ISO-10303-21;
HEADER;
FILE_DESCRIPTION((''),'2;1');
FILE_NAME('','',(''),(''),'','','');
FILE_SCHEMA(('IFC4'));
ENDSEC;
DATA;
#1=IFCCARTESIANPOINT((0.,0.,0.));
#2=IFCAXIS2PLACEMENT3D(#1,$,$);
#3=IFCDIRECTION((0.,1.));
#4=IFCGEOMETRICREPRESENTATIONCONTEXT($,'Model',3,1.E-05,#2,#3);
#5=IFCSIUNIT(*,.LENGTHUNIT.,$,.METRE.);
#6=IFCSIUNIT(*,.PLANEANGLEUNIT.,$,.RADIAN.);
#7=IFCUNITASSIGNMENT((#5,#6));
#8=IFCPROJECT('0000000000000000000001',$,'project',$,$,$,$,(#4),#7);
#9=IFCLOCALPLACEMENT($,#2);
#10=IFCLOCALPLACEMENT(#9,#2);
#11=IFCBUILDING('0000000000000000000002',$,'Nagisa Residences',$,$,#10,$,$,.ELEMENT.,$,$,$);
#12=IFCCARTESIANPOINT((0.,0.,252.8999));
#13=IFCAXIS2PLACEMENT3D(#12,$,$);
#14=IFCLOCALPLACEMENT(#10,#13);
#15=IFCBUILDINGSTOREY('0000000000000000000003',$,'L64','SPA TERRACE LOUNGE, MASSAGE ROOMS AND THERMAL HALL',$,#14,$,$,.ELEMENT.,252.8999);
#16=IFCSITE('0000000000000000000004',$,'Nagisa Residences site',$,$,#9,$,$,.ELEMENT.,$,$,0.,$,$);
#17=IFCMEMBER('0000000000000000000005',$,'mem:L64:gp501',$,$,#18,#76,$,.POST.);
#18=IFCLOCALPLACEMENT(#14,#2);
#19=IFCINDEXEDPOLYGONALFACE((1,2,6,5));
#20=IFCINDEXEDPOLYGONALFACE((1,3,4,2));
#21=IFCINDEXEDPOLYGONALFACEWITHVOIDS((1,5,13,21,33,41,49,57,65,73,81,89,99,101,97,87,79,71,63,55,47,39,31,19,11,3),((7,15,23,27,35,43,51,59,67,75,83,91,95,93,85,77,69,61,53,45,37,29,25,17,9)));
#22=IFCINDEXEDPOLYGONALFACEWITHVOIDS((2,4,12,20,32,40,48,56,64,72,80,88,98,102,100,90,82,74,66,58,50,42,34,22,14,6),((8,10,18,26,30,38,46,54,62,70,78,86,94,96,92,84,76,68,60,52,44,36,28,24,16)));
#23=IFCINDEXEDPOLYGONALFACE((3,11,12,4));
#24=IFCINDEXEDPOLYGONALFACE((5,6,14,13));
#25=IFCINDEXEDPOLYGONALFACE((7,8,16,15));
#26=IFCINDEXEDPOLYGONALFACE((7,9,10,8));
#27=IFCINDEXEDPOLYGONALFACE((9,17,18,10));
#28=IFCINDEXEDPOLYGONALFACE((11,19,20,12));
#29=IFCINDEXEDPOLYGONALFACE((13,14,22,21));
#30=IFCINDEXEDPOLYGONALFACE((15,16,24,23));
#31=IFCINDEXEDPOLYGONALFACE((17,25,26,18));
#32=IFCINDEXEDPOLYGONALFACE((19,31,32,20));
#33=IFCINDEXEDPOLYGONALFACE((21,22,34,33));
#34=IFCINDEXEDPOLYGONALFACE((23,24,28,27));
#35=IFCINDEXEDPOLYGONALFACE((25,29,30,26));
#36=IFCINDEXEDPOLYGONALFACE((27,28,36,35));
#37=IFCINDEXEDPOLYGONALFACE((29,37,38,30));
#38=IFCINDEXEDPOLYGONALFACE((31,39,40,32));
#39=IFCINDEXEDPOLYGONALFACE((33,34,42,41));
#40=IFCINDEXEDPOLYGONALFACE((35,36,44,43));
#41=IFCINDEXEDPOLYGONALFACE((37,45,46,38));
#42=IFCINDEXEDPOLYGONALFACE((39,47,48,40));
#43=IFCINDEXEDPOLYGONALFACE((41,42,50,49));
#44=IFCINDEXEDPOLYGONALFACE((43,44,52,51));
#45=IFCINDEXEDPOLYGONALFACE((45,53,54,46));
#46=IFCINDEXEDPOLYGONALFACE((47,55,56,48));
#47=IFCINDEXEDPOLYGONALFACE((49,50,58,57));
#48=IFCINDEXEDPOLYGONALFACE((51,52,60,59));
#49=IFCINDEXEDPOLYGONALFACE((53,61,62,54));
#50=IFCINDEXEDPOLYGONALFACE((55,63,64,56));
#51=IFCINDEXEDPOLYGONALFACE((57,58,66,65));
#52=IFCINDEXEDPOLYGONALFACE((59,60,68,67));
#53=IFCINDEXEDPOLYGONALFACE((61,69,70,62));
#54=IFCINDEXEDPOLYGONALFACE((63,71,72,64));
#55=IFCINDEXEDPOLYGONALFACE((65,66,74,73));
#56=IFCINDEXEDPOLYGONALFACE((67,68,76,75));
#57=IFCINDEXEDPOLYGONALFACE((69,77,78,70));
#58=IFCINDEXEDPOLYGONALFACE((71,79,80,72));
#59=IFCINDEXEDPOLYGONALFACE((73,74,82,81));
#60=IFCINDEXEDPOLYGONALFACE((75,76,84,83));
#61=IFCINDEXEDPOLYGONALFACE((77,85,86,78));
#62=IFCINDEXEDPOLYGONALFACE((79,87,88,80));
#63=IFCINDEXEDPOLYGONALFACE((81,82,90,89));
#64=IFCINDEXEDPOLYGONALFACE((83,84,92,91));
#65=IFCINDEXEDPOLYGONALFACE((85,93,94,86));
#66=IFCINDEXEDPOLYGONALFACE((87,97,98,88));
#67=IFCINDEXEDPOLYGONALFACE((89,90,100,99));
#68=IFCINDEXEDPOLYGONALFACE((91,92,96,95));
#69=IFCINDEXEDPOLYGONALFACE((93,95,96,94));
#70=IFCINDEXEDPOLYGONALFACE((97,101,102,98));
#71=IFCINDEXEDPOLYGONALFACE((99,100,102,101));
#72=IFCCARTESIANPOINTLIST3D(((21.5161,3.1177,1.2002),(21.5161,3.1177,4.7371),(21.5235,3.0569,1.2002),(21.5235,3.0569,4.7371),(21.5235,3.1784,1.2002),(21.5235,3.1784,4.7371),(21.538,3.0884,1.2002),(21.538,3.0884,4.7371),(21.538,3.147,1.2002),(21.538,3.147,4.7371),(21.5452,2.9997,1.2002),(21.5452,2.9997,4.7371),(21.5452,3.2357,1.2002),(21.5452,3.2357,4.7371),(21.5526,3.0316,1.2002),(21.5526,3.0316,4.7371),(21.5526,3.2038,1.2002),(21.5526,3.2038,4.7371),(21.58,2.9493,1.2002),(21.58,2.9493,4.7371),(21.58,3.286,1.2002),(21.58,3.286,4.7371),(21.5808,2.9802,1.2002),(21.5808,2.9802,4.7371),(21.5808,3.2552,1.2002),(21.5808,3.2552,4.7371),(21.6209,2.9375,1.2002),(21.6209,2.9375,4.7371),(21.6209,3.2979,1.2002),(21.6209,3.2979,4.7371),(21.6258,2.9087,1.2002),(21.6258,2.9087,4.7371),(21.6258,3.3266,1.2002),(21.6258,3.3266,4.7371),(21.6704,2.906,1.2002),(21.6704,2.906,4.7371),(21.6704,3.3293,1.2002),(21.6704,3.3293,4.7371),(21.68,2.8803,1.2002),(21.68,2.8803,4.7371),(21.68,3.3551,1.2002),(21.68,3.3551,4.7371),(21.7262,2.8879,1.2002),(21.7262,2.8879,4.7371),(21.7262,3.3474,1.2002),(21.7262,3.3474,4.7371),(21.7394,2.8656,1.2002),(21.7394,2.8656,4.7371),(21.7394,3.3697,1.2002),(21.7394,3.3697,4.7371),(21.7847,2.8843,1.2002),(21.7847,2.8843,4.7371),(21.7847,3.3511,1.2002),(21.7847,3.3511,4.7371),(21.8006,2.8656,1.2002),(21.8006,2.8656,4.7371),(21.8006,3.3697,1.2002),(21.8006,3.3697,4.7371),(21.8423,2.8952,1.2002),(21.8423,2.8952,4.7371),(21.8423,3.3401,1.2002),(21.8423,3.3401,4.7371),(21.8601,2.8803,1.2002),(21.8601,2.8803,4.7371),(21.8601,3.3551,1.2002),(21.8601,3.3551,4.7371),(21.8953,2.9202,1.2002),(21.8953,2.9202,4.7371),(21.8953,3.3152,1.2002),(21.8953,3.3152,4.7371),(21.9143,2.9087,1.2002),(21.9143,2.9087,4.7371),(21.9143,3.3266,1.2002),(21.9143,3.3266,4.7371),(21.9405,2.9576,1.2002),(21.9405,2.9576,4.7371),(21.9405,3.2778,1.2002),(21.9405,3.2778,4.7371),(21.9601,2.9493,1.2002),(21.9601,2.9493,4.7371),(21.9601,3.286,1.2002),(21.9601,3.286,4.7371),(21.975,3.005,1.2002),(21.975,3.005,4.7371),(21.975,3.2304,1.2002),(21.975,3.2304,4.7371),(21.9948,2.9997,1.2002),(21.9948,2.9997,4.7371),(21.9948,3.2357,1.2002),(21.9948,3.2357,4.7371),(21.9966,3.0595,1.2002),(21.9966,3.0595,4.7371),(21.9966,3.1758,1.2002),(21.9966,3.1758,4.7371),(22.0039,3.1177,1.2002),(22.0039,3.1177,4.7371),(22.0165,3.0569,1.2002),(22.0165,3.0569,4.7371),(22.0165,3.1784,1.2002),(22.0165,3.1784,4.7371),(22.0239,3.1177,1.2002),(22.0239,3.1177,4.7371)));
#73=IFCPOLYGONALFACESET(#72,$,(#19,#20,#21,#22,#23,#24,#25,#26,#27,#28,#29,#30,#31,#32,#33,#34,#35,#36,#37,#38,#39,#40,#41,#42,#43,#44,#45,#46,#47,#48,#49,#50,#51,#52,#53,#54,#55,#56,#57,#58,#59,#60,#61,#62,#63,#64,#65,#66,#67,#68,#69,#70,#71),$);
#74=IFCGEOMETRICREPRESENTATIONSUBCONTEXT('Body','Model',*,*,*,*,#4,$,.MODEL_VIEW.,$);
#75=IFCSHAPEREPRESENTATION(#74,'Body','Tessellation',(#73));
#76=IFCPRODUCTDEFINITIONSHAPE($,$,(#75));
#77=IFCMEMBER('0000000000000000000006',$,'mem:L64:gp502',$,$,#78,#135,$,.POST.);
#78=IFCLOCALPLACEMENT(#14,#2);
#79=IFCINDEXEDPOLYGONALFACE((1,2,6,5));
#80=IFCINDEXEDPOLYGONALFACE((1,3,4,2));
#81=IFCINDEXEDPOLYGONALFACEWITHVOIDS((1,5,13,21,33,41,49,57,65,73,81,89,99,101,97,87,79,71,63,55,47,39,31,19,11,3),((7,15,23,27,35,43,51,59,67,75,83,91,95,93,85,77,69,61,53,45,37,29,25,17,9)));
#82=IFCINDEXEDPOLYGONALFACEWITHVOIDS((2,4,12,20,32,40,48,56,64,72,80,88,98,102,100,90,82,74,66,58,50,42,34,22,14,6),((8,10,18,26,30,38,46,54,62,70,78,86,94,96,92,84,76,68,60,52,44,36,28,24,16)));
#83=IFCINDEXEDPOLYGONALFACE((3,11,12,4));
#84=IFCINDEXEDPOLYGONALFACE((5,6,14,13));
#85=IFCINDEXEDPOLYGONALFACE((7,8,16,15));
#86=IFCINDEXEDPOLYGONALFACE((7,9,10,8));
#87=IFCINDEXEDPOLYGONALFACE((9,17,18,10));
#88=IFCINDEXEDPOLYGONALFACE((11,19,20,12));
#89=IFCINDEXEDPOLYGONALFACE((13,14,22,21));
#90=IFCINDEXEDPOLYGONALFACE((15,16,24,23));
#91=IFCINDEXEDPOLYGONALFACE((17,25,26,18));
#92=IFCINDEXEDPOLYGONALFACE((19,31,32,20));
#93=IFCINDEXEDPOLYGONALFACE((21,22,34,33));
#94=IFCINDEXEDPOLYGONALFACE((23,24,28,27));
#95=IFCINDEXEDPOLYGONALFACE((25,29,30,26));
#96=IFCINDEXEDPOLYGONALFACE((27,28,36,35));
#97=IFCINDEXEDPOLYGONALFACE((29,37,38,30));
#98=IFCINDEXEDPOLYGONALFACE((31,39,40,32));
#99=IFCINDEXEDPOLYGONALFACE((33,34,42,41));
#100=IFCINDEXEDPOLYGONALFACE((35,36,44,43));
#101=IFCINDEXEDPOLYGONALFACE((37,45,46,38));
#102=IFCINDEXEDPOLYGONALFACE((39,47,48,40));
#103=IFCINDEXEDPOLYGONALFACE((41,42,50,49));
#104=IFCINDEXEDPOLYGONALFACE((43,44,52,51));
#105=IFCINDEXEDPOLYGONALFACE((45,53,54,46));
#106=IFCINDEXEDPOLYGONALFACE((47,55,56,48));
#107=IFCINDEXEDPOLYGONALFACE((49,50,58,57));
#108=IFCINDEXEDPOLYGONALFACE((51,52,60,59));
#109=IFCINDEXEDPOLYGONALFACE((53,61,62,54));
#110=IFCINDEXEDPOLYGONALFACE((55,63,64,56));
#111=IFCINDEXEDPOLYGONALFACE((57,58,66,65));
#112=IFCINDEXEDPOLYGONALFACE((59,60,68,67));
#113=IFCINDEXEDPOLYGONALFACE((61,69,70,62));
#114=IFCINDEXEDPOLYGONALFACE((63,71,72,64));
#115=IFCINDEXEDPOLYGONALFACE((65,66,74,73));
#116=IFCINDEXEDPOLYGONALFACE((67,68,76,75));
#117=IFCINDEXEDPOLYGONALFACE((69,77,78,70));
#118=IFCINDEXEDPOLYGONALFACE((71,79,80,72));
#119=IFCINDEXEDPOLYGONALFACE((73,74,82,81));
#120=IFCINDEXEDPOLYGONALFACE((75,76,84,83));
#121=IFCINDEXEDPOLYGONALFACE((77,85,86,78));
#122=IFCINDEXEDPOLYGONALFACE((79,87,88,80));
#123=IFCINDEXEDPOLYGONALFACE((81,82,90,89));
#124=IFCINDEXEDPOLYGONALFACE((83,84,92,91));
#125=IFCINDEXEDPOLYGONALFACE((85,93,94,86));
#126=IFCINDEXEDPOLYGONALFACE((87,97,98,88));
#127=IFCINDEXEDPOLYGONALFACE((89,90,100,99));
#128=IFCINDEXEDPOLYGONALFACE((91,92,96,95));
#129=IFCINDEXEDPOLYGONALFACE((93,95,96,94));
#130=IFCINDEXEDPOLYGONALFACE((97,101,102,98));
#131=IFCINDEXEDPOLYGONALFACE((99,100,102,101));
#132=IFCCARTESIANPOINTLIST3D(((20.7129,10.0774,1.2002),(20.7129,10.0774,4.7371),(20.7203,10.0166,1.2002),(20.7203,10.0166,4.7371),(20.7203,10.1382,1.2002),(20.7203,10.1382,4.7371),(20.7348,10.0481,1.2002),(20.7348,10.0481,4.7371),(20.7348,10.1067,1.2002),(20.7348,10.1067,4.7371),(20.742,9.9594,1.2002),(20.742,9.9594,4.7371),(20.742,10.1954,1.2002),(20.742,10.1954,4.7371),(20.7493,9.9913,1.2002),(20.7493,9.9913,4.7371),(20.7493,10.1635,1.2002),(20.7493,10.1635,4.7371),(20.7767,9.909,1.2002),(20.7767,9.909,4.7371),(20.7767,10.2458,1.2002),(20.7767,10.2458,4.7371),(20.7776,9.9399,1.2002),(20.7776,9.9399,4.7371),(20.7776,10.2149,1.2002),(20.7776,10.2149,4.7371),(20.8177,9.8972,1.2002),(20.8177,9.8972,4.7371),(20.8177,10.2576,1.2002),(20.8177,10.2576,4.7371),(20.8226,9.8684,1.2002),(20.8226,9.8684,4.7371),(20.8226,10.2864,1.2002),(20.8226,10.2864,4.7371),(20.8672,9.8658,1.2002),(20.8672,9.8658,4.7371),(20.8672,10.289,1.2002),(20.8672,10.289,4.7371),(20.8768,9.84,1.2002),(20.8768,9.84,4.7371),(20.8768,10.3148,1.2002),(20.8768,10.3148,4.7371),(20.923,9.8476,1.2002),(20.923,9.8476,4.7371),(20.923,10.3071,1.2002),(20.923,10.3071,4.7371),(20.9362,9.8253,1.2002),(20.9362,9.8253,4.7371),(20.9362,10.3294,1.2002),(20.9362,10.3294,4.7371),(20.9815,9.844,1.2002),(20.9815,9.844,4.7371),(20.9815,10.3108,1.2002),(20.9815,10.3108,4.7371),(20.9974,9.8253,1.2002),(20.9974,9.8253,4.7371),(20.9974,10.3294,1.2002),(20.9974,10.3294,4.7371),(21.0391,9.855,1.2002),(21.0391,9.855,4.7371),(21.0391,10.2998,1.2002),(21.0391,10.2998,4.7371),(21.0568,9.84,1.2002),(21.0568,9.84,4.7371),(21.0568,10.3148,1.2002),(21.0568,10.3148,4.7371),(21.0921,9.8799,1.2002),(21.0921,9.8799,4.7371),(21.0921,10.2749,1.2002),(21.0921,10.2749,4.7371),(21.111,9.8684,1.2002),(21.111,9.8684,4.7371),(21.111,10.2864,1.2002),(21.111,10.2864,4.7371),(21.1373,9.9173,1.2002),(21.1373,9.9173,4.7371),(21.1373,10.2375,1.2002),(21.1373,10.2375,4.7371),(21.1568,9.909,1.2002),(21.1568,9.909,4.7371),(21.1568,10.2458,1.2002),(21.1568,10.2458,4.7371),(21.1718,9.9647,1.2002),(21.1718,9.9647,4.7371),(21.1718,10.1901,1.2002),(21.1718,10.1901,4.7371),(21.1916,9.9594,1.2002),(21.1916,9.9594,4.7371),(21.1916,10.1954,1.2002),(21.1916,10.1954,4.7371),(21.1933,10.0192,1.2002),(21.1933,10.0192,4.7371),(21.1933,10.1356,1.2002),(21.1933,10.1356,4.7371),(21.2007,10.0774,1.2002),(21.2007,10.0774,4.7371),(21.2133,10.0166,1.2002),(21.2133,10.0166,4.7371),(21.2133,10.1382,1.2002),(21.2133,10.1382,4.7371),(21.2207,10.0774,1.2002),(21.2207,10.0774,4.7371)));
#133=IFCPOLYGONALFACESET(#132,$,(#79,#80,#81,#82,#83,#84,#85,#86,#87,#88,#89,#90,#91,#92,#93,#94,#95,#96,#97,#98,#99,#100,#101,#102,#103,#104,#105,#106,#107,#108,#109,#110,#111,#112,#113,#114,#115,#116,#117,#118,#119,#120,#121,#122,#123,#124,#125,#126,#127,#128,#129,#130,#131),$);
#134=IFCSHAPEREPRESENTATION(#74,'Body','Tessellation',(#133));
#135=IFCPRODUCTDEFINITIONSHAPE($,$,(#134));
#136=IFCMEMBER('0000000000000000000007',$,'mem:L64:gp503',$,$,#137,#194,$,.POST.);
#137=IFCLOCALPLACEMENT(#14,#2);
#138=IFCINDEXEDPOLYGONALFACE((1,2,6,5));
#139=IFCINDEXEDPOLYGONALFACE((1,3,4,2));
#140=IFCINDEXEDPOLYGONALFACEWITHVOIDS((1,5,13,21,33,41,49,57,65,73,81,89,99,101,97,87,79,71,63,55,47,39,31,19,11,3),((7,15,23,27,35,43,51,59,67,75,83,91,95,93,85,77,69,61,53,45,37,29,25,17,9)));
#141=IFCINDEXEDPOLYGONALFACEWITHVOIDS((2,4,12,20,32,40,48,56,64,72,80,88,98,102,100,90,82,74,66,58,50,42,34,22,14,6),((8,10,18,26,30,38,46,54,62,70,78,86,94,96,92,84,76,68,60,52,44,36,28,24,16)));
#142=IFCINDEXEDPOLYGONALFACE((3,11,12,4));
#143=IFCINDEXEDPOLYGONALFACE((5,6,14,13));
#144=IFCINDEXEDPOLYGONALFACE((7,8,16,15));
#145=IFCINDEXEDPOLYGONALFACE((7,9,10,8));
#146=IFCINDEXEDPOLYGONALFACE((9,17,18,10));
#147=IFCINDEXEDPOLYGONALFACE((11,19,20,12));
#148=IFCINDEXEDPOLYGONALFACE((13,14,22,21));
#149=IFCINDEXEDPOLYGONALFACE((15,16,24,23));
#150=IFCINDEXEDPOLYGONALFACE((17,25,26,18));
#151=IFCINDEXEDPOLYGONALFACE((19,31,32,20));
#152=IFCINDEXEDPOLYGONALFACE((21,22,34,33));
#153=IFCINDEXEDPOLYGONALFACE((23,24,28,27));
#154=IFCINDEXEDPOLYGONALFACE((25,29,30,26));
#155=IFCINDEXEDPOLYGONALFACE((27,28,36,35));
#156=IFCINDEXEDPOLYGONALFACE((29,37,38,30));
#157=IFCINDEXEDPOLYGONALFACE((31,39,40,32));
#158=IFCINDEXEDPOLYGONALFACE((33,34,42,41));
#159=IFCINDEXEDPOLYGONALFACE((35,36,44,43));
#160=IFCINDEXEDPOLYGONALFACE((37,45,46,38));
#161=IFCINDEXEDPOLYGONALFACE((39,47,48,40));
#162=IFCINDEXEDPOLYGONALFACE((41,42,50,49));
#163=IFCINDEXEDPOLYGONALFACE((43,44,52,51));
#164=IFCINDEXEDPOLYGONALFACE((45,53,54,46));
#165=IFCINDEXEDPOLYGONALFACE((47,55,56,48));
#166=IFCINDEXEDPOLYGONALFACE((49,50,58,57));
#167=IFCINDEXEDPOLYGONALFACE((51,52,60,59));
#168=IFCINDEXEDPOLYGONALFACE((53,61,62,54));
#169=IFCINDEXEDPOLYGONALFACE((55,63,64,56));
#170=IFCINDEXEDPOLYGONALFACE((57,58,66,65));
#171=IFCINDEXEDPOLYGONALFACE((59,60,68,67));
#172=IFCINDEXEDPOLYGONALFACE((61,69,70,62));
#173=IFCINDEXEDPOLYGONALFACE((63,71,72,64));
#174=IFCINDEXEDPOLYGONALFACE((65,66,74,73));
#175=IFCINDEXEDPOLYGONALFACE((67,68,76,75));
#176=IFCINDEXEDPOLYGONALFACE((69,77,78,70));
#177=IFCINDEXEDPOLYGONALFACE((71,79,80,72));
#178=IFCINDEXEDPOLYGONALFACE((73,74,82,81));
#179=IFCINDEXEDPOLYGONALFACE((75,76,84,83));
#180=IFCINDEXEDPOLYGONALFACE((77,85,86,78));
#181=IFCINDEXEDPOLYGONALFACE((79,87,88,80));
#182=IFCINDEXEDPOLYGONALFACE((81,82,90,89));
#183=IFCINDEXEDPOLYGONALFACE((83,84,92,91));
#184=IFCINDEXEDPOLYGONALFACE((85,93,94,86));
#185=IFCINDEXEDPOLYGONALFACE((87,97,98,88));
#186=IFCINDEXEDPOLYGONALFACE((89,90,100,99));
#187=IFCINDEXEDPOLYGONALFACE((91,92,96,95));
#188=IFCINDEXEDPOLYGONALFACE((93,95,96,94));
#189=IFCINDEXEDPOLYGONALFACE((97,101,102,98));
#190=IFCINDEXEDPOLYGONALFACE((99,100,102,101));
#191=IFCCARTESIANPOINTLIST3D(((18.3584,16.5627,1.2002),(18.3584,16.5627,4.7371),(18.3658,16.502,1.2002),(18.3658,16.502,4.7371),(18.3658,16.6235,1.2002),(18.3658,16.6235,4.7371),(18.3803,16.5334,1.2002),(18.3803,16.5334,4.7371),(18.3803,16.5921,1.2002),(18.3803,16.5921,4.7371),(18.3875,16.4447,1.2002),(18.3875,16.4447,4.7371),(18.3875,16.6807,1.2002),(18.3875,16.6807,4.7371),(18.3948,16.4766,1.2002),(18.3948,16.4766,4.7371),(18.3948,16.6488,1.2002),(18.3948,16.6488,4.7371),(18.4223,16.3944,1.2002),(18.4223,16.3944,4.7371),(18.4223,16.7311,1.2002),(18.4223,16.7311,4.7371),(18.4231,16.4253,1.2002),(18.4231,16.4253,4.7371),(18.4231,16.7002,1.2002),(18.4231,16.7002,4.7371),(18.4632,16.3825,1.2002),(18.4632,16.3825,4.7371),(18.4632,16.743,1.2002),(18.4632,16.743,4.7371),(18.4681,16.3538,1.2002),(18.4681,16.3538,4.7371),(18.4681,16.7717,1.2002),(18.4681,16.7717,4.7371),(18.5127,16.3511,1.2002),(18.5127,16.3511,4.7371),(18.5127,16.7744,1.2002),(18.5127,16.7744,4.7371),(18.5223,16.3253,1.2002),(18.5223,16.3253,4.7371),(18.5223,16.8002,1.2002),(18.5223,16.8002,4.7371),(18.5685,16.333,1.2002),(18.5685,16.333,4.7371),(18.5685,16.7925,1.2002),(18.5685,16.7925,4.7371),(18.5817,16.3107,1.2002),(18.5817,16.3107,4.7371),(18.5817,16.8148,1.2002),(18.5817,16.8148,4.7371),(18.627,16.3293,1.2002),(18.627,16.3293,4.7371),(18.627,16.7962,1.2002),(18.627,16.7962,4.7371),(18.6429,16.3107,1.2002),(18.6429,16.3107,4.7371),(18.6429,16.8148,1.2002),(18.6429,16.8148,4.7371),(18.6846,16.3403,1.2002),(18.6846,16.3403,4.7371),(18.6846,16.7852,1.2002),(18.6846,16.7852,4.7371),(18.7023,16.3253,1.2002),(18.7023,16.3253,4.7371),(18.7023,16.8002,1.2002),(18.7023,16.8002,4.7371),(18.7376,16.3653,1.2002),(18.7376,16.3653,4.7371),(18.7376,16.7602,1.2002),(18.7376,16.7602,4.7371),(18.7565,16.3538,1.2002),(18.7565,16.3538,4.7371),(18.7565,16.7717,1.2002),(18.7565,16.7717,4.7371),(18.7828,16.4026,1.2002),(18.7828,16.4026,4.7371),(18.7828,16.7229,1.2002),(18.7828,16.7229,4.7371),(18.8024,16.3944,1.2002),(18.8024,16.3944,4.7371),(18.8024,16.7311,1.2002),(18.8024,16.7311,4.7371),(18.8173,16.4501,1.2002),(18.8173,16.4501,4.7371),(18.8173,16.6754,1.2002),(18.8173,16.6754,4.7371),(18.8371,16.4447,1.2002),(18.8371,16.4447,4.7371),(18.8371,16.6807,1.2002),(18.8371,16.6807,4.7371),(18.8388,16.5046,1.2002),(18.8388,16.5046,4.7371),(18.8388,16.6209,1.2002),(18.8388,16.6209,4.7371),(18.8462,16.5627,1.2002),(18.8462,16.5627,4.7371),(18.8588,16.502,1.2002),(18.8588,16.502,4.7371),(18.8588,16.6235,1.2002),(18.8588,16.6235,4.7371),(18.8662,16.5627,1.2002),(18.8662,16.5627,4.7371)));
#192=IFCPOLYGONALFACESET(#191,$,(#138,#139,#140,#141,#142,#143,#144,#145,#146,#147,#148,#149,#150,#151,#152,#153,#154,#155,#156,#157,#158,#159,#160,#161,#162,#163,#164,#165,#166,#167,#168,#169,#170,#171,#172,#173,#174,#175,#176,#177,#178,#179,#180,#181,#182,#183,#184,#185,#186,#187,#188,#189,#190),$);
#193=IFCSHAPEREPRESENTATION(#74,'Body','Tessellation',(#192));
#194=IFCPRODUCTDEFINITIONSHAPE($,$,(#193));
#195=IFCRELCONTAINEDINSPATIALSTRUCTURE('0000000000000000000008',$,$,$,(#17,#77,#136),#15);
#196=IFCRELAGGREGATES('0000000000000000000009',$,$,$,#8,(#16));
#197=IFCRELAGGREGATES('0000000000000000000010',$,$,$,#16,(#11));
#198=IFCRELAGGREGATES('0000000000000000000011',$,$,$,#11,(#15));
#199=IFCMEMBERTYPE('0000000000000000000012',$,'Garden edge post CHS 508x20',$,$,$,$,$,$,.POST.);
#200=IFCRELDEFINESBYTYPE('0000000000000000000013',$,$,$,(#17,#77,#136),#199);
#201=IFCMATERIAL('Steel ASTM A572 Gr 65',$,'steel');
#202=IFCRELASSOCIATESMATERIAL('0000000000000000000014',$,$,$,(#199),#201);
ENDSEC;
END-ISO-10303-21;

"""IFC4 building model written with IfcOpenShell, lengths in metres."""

from ifc_helpers import new_model, si_unit, direction, frame, origin, origin_2d, place, context, subcontext, project, spatial, hollow_circle, extrude, material, material_profile, profile_set, type_object, element, save


model = new_model("IFC4")

# Units and contexts
model_context = context("Model", 3, precision=1e-05, world=origin(), true_north=direction((0.0, 1.0)))
body_context = subcontext(model_context, "Body", "Model", "MODEL_VIEW")
ifc_project = project(units=[si_unit("LENGTHUNIT", "METRE"), si_unit("PLANEANGLEUNIT", "RADIAN")], contexts=[model_context])

# Site, building, storey
site_placement = place(None, origin())
site = spatial("IfcSite", under=ifc_project, at=site_placement, Name="Nagisa Residences site", CompositionType="ELEMENT", RefElevation=0.0)
building_placement = place(site_placement, origin())
building = spatial("IfcBuilding", under=site, at=building_placement, Name="Nagisa Residences", CompositionType="ELEMENT")
storey_placement = place(building_placement, frame((0.0, 0.0, 252.8999)))
storey = spatial("IfcBuildingStorey", under=building, at=storey_placement, Name="L64", Description="SPA TERRACE LOUNGE, MASSAGE ROOMS AND THERMAL HALL", CompositionType="ELEMENT", Elevation=252.8999)

# Members
ifc_material_1 = material(Name="Steel ASTM A572 Gr 65", Category="steel")
ifc_material_profile_1 = material_profile(ifc_material_1, hollow_circle(Radius=0.2539, WallThickness=0.02, at=origin_2d()), Name="CHS 508x20")
ifc_profile_set_1 = profile_set([ifc_material_profile_1], Name="Steel ASTM A572 Gr 65")
member_type_1 = type_object("IfcMemberType", Name="Garden edge post CHS 508x20", PredefinedType="POST", material=ifc_profile_set_1)
for number, where, z_axis, x_axis, name in (
    (1, (21.77, 3.1177, 1.2002), (0.0, 0.0, 1.0), (1.0, 0.0, 0.0), "mem:L64:gp501"),
    (2, (20.9668, 10.0774, 1.2002), (0.0, 0.0, 1.0), (1.0, 0.0, 0.0), "mem:L64:gp502"),
    (3, (18.6123, 16.5627, 1.2002), (0.0, 0.0, 1.0), (1.0, 0.0, 0.0), "mem:L64:gp503"),
):
    element("IfcMember", number, at=place(storey_placement, frame(where, z_axis=z_axis, x_axis=x_axis)), inside=storey, type_object=member_type_1, Name=name, PredefinedType="POST", context=body_context, shape_type="SweptSolid", body=[
        extrude(hollow_circle(Radius=0.2539, WallThickness=0.02, at=origin_2d()), origin(), (0.0, 0.0, 1.0), 3.5369),
    ])

save(model, "model.ifc")
